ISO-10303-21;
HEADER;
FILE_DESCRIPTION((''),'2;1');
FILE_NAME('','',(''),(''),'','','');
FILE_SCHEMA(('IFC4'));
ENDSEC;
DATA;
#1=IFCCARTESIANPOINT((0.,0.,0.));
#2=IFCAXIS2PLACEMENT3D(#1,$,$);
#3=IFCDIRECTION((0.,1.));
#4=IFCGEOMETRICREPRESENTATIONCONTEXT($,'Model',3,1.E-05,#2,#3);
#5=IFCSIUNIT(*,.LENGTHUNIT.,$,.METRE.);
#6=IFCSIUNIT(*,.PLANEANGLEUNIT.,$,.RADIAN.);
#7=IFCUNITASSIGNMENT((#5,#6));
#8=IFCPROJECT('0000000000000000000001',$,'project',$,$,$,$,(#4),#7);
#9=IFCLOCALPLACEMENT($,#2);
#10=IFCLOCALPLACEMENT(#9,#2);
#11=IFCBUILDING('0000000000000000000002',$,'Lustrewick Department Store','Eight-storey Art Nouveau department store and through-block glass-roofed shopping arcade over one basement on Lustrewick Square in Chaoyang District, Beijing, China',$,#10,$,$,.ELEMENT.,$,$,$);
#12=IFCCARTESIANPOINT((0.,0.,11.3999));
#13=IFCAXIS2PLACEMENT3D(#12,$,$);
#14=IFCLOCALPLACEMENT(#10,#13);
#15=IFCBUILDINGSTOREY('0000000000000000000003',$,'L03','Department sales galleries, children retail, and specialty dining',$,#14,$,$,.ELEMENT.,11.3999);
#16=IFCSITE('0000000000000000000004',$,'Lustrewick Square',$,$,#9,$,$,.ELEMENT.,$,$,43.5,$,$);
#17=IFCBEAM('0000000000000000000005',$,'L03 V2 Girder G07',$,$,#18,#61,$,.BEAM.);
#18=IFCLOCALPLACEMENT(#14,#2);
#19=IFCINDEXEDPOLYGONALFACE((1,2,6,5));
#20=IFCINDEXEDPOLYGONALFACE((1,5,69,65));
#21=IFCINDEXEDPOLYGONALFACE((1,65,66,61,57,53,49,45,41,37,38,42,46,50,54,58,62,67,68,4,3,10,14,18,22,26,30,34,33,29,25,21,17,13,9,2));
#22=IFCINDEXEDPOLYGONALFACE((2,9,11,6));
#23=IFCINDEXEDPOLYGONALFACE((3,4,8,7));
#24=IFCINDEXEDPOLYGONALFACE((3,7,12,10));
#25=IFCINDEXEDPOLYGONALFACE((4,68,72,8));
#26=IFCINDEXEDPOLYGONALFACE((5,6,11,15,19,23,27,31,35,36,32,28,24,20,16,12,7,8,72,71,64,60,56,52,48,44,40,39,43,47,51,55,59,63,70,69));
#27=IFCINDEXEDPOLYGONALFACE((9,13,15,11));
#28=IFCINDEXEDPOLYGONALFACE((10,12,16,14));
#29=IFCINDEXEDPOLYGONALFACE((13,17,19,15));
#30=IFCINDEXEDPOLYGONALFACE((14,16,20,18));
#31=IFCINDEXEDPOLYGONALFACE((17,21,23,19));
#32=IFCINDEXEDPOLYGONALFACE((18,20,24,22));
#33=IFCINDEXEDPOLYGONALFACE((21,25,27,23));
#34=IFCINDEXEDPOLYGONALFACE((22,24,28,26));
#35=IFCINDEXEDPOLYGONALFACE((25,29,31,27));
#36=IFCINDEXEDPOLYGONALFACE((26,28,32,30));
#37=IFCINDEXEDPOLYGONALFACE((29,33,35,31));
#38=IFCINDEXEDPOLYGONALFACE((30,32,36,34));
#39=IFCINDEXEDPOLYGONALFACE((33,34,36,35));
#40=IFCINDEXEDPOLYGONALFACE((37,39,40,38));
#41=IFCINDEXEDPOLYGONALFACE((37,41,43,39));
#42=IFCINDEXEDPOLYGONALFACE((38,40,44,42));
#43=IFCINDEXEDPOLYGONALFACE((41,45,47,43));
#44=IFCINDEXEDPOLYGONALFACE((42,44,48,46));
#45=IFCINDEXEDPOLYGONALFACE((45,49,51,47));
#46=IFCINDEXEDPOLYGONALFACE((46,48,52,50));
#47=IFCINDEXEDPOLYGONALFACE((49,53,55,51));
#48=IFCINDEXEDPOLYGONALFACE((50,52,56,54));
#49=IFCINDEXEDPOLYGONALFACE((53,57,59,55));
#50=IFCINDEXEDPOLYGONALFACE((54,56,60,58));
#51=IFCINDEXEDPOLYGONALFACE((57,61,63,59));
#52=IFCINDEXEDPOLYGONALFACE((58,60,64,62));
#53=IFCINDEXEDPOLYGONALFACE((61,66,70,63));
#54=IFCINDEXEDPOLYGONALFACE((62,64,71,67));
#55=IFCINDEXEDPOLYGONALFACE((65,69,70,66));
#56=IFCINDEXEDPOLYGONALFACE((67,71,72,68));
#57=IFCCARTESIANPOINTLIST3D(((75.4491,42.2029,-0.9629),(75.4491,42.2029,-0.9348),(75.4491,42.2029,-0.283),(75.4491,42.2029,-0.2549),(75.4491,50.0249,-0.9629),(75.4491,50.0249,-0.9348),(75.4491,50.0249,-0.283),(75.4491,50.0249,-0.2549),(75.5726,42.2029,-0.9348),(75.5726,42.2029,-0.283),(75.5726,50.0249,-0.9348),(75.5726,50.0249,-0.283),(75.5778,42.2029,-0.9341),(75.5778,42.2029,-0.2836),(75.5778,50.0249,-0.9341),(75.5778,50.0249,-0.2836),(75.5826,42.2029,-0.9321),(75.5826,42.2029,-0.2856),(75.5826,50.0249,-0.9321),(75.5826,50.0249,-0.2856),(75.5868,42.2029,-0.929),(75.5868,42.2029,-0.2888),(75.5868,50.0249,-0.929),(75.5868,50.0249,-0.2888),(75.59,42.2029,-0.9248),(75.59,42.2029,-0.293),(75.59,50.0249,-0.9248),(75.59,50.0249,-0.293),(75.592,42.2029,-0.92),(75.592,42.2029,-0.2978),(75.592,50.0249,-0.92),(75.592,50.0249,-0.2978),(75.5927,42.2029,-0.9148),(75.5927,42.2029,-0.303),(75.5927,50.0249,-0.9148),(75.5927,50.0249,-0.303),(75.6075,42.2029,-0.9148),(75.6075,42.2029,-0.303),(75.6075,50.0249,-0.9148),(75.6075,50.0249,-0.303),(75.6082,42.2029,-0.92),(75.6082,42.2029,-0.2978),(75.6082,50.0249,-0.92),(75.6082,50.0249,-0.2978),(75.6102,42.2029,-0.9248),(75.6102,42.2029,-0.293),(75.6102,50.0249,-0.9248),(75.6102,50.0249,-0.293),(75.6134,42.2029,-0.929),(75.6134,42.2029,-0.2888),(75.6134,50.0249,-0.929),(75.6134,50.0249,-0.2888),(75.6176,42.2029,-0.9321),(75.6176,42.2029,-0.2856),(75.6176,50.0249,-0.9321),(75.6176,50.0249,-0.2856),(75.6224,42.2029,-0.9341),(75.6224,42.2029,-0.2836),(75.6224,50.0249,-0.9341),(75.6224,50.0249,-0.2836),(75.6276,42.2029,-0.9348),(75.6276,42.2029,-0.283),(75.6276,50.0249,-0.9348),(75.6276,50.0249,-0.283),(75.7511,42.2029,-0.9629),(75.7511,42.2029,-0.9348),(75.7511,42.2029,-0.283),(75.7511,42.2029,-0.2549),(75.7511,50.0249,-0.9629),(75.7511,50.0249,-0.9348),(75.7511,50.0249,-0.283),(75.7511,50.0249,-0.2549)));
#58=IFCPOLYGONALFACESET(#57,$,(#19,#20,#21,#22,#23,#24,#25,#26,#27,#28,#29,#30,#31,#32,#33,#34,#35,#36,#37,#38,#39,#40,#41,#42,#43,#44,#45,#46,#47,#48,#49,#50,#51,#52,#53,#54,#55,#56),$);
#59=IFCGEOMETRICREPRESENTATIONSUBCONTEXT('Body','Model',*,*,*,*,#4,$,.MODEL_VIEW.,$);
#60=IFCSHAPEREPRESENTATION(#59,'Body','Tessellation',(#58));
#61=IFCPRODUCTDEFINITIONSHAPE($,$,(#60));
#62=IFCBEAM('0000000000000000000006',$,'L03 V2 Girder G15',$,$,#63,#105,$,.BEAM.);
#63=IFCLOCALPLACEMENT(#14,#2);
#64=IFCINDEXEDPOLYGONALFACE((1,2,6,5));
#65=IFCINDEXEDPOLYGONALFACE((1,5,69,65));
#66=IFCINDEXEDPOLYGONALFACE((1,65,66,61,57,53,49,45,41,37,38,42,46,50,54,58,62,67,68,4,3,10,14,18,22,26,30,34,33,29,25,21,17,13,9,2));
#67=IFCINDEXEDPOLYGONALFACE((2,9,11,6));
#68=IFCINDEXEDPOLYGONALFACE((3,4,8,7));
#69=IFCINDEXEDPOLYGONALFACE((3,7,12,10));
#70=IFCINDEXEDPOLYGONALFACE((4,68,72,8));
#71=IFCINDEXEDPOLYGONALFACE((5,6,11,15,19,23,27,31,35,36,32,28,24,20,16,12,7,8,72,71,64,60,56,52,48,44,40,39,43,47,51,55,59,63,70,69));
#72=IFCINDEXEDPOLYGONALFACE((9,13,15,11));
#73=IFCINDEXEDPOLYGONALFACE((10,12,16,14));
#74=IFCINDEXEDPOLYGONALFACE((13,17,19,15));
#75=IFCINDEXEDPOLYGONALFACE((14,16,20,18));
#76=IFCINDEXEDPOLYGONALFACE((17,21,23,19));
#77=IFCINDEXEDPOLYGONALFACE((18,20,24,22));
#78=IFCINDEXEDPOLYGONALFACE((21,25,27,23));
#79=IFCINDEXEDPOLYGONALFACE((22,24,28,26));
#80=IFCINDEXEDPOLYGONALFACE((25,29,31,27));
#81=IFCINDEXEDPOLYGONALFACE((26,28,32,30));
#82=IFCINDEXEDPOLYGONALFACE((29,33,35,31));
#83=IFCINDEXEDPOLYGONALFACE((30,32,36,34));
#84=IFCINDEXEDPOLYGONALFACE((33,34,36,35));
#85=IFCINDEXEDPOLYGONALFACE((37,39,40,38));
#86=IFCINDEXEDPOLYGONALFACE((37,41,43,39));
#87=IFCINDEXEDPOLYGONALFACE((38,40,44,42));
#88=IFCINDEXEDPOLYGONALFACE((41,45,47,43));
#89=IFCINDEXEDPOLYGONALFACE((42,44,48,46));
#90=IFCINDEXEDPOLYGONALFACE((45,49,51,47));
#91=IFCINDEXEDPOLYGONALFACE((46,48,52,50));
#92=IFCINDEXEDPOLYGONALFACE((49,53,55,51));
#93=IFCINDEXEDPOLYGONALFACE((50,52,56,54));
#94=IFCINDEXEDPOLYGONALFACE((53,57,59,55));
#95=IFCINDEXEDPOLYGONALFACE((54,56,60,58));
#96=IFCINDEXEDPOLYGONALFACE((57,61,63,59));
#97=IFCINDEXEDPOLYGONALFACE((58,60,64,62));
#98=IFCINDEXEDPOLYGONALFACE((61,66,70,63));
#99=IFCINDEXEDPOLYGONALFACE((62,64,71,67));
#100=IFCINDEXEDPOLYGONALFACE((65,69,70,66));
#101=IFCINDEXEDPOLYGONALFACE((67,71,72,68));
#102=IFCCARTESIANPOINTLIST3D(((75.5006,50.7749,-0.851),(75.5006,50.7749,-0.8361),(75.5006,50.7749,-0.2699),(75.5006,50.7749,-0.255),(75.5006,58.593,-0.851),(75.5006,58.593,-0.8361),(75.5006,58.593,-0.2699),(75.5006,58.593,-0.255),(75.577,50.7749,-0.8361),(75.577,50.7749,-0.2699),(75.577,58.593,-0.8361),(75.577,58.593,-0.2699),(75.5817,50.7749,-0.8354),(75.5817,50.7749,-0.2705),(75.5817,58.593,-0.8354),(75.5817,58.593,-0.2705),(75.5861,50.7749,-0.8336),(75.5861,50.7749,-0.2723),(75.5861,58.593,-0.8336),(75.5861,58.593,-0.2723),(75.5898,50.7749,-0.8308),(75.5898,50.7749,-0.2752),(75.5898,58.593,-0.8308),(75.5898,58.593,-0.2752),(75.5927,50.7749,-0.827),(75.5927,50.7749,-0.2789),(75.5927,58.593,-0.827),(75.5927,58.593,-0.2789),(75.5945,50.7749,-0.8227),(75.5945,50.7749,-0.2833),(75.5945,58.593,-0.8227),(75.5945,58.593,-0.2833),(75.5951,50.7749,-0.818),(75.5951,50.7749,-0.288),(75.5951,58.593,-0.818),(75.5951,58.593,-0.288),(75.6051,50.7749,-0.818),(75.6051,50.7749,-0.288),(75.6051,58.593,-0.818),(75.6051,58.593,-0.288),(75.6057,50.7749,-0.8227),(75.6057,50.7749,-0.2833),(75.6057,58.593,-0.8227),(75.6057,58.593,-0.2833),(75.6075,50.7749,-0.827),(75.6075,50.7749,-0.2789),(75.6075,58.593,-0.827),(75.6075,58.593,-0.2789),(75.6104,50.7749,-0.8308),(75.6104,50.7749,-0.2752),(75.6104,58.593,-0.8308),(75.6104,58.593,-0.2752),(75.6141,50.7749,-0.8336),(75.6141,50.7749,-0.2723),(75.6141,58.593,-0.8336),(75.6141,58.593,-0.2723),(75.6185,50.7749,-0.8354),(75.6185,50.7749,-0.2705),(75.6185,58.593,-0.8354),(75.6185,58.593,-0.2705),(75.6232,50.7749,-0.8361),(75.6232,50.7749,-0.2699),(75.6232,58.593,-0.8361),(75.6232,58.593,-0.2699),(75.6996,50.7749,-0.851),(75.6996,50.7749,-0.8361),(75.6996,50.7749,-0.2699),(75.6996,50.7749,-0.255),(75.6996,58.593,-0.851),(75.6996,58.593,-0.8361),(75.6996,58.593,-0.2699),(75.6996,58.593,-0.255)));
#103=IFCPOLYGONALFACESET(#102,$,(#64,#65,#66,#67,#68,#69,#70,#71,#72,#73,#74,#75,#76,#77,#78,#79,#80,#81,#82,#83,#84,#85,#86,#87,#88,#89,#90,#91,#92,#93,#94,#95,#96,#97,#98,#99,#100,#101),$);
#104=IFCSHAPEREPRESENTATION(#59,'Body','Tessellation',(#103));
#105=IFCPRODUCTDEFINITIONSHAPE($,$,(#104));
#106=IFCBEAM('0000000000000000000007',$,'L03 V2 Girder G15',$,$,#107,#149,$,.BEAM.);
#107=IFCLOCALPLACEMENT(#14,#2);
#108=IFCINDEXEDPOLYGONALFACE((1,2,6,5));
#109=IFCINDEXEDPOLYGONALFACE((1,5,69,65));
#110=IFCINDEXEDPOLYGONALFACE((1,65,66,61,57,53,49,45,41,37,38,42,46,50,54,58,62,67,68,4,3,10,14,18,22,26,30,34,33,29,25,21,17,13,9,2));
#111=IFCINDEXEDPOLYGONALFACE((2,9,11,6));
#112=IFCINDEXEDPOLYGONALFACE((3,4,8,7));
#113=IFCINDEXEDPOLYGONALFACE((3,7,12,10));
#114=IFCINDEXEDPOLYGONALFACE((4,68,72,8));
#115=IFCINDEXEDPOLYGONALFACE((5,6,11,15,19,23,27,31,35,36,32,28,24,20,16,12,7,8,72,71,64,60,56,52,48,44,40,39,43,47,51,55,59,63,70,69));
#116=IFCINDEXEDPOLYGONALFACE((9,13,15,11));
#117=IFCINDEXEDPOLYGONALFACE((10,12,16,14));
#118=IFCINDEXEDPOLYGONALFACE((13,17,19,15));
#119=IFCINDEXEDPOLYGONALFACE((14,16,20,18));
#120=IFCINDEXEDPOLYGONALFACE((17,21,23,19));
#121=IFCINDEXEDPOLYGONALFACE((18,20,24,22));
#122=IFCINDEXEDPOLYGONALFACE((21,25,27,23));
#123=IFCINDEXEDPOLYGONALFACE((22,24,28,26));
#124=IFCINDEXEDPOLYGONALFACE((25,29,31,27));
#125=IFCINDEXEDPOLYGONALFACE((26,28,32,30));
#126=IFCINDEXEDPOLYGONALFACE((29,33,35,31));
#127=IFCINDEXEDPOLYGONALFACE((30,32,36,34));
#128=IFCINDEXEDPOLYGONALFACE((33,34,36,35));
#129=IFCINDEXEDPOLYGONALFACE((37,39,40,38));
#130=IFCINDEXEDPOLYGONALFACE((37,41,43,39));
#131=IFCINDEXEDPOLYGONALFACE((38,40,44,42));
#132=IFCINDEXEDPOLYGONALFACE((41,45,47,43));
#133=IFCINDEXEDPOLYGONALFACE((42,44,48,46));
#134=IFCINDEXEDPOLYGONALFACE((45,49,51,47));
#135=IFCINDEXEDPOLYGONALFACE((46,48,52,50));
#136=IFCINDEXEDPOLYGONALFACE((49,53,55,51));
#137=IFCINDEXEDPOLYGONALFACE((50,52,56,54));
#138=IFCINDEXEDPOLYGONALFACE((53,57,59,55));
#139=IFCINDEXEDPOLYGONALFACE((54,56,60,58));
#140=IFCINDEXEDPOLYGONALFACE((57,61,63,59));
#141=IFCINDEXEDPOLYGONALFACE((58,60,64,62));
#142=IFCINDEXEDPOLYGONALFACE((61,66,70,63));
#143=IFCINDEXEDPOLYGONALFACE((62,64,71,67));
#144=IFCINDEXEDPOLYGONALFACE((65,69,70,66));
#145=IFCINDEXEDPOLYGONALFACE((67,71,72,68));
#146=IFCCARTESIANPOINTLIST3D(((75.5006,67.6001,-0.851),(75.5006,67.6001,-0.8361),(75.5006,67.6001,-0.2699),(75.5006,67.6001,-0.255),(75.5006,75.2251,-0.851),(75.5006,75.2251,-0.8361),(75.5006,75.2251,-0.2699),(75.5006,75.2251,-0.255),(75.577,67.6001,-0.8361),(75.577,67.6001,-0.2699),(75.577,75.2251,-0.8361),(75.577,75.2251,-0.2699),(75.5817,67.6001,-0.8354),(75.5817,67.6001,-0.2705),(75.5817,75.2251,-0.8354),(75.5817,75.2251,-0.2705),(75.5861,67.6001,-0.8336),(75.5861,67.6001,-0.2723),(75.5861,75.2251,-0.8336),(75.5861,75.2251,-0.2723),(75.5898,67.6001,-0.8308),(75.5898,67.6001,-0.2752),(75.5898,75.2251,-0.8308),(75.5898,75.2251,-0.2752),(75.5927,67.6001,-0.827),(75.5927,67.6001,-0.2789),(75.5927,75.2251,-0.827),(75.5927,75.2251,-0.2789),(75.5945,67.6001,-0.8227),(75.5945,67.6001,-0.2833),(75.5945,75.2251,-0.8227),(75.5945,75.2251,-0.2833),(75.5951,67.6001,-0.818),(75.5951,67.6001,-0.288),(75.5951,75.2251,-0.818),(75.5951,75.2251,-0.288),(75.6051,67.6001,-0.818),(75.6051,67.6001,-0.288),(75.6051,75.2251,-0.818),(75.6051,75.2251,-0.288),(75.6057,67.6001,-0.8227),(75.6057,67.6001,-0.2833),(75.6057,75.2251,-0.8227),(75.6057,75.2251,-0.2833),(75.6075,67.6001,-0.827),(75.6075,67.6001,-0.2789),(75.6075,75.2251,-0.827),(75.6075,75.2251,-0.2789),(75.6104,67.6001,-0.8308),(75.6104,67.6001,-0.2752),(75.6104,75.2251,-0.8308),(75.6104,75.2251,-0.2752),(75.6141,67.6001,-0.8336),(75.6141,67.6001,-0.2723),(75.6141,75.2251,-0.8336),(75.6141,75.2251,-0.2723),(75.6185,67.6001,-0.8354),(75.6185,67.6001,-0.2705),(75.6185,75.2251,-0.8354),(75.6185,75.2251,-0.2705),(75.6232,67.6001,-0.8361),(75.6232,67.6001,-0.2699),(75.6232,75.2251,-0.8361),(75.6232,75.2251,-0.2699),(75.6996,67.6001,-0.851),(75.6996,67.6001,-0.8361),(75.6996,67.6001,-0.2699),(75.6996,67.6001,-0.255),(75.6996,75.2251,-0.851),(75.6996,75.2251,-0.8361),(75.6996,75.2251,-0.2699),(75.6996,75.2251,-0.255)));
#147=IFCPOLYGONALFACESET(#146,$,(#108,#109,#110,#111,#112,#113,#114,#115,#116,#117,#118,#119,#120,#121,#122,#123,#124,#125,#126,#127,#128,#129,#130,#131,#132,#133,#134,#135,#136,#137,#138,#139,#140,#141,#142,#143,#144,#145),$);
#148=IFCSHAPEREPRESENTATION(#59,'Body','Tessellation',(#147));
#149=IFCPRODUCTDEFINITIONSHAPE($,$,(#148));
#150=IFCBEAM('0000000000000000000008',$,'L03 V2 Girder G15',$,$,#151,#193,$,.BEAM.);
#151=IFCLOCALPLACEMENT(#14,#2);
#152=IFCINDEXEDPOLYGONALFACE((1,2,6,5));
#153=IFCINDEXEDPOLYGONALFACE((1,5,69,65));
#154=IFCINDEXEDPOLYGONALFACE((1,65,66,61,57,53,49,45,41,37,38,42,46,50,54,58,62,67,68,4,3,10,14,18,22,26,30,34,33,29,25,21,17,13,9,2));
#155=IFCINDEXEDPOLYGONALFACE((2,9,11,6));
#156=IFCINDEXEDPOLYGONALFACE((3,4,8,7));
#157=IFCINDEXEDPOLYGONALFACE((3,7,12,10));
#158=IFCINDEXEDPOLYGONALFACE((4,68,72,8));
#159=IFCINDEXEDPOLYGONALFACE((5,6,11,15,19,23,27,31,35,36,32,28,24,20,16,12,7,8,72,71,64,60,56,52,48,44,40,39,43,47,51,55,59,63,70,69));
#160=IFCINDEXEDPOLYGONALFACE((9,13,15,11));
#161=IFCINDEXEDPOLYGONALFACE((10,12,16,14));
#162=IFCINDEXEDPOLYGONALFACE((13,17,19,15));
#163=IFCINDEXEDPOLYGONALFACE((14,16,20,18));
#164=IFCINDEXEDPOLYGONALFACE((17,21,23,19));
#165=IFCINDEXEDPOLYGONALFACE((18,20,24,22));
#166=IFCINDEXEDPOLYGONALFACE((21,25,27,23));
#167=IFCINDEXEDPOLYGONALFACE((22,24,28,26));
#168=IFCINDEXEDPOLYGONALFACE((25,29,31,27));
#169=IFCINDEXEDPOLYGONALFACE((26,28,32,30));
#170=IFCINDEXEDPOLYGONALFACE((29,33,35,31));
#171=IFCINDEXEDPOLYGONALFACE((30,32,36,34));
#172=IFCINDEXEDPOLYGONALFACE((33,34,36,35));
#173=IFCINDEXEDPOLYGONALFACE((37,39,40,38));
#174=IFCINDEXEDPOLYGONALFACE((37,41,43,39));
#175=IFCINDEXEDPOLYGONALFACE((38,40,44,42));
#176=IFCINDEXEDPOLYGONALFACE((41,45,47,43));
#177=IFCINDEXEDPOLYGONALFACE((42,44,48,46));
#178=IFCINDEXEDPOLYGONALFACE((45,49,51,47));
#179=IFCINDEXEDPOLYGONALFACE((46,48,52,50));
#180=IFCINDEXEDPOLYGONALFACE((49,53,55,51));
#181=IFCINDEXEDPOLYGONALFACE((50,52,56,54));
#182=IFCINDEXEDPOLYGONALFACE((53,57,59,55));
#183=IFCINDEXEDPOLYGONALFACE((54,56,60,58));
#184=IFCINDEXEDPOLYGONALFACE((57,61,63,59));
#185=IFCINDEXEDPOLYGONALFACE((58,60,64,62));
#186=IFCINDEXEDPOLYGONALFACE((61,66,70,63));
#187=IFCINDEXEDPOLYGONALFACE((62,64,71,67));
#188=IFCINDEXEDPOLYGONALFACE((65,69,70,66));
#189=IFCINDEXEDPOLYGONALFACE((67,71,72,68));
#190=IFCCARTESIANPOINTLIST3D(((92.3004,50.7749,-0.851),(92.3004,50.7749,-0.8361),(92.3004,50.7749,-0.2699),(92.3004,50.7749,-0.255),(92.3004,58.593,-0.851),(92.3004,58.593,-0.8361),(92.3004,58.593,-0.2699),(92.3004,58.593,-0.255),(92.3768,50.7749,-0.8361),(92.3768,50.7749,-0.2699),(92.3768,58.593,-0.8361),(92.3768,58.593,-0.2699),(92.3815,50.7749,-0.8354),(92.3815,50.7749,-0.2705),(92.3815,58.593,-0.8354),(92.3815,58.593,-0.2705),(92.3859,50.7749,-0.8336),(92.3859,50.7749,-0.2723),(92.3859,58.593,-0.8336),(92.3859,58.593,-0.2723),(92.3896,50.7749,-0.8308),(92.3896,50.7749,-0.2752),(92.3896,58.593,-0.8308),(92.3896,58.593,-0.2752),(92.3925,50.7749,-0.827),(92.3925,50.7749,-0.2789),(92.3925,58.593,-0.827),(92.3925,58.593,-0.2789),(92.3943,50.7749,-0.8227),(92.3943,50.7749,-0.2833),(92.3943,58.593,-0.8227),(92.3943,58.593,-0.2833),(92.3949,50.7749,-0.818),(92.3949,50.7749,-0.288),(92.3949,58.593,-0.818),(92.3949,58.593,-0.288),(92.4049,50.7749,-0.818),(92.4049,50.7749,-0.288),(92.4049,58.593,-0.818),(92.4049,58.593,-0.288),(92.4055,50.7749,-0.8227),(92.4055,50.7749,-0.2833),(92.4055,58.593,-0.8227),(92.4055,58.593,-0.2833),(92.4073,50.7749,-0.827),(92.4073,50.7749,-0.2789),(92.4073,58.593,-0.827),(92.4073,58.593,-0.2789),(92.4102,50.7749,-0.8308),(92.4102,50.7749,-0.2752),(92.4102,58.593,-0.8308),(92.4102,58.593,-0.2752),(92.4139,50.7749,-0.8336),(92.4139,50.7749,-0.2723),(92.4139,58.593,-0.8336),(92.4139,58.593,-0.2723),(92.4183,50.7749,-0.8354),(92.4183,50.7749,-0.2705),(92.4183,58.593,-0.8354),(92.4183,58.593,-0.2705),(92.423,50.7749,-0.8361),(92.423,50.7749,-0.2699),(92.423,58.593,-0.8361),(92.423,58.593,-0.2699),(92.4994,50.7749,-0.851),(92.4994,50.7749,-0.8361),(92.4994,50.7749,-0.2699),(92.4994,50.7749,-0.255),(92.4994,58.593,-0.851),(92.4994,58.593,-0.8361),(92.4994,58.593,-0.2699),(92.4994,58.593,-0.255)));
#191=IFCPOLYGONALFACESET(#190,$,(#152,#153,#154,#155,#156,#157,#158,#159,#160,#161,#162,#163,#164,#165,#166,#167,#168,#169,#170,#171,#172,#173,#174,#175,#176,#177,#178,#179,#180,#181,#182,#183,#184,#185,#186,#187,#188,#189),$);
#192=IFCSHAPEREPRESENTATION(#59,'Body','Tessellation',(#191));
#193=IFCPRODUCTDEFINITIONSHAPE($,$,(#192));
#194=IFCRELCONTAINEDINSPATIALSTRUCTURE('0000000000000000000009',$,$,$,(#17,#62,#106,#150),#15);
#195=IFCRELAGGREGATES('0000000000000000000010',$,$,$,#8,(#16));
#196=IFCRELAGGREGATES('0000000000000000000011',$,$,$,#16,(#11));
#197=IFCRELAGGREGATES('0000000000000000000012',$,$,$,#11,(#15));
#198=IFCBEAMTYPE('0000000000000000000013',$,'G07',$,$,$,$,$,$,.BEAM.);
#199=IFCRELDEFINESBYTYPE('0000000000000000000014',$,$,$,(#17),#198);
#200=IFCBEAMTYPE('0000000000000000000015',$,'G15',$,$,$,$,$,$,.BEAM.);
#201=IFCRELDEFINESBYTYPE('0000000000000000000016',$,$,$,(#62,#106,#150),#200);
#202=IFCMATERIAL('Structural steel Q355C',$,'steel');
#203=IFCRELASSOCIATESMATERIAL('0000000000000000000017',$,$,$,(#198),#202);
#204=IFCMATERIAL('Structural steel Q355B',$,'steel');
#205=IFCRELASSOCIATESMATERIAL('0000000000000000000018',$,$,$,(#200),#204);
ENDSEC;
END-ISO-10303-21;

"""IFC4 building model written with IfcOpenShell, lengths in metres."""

from ifc_helpers import new_model, si_unit, direction, frame, origin, origin_2d, place, context, subcontext, project, spatial, i_section, extrude, material, material_profile, profile_set, type_object, element, save


model = new_model("IFC4")

# Units and contexts
model_context = context("Model", 3, precision=1e-05, world=origin(), true_north=direction((0.0, 1.0)))
body_context = subcontext(model_context, "Body", "Model", "MODEL_VIEW")
ifc_project = project(units=[si_unit("LENGTHUNIT", "METRE"), si_unit("PLANEANGLEUNIT", "RADIAN")], contexts=[model_context])

# Site, building, storey
site_placement = place(None, origin())
site = spatial("IfcSite", under=ifc_project, at=site_placement, Name="Lustrewick Square", CompositionType="ELEMENT", RefElevation=43.5)
building_placement = place(site_placement, origin())
building = spatial("IfcBuilding", under=site, at=building_placement, Name="Lustrewick Department Store", Description="Eight-storey Art Nouveau department store and through-block glass-roofed shopping arcade over one basement on Lustrewick Square in Chaoyang District, Beijing, China", CompositionType="ELEMENT")
storey_placement = place(building_placement, frame((0.0, 0.0, 11.3999)))
storey = spatial("IfcBuildingStorey", under=building, at=storey_placement, Name="L03", Description="Department sales galleries, children retail, and specialty dining", CompositionType="ELEMENT", Elevation=11.3999)

# Shared definitions
ifc_material_1 = material(Name="Structural steel Q355B", Category="steel")

# Beams
ifc_material_2 = material(Name="Structural steel Q355C", Category="steel")
ifc_material_profile_1 = material_profile(ifc_material_2, i_section(OverallWidth=0.302, OverallDepth=0.708, WebThickness=0.0149, FlangeThickness=0.0281, FilletRadius=0.02, at=origin_2d()), Name="HN 708x302x15x28")
ifc_profile_set_1 = profile_set([ifc_material_profile_1], Name="Structural steel Q355C")
beam_type_1 = type_object("IfcBeamType", Name="G07", PredefinedType="BEAM", material=ifc_profile_set_1)
beam_1_placement = place(storey_placement, frame((75.6001, 42.2029, -0.6089), z_axis=(0.0, 1.0, 0.0), x_axis=(-1.0, 0.0, 0.0)))
element("IfcBeam", 1, at=beam_1_placement, inside=storey, type_object=beam_type_1, Name="L03 V2 Girder G07", PredefinedType="BEAM", context=body_context, shape_type="SweptSolid", body=[
    extrude(i_section(OverallWidth=0.302, OverallDepth=0.708, WebThickness=0.0149, FlangeThickness=0.0281, FilletRadius=0.02, at=origin_2d()), origin(), (0.0, 0.0, 1.0), 7.822),
])
ifc_material_profile_2 = material_profile(ifc_material_1, i_section(OverallWidth=0.199, OverallDepth=0.5959, WebThickness=0.01, FlangeThickness=0.0149, FilletRadius=0.0181, at=origin_2d()), Name="HN 596x199x10x15")
ifc_profile_set_2 = profile_set([ifc_material_profile_2], Name="Structural steel Q355B")
beam_type_2 = type_object("IfcBeamType", Name="G15", PredefinedType="BEAM", material=ifc_profile_set_2)
beam_2_placement = place(storey_placement, frame((75.6001, 50.7749, -0.553), z_axis=(0.0, 1.0, 0.0), x_axis=(-1.0, 0.0, 0.0)))
element("IfcBeam", 2, at=beam_2_placement, inside=storey, type_object=beam_type_2, Name="L03 V2 Girder G15", PredefinedType="BEAM", context=body_context, shape_type="SweptSolid", body=[
    extrude(i_section(OverallWidth=0.199, OverallDepth=0.5959, WebThickness=0.01, FlangeThickness=0.0149, FilletRadius=0.0181, at=origin_2d()), origin(), (0.0, 0.0, 1.0), 7.8181),
])
beam_3_placement = place(storey_placement, frame((75.6001, 67.6001, -0.553), z_axis=(0.0, 1.0, 0.0), x_axis=(-1.0, 0.0, 0.0)))
element("IfcBeam", 3, at=beam_3_placement, inside=storey, type_object=beam_type_2, Name="L03 V2 Girder G15", PredefinedType="BEAM", context=body_context, shape_type="SweptSolid", body=[
    extrude(i_section(OverallWidth=0.199, OverallDepth=0.5959, WebThickness=0.01, FlangeThickness=0.0149, FilletRadius=0.0181, at=origin_2d()), origin(), (0.0, 0.0, 1.0), 7.625),
])
beam_4_placement = place(storey_placement, frame((92.3999, 50.7749, -0.553), z_axis=(0.0, 1.0, 0.0), x_axis=(-1.0, 0.0, 0.0)))
element("IfcBeam", 4, at=beam_4_placement, inside=storey, type_object=beam_type_2, Name="L03 V2 Girder G15", PredefinedType="BEAM", context=body_context, shape_type="SweptSolid", body=[
    extrude(i_section(OverallWidth=0.199, OverallDepth=0.5959, WebThickness=0.01, FlangeThickness=0.0149, FilletRadius=0.0181, at=origin_2d()), origin(), (0.0, 0.0, 1.0), 7.8181),
])

save(model, "model.ifc")
